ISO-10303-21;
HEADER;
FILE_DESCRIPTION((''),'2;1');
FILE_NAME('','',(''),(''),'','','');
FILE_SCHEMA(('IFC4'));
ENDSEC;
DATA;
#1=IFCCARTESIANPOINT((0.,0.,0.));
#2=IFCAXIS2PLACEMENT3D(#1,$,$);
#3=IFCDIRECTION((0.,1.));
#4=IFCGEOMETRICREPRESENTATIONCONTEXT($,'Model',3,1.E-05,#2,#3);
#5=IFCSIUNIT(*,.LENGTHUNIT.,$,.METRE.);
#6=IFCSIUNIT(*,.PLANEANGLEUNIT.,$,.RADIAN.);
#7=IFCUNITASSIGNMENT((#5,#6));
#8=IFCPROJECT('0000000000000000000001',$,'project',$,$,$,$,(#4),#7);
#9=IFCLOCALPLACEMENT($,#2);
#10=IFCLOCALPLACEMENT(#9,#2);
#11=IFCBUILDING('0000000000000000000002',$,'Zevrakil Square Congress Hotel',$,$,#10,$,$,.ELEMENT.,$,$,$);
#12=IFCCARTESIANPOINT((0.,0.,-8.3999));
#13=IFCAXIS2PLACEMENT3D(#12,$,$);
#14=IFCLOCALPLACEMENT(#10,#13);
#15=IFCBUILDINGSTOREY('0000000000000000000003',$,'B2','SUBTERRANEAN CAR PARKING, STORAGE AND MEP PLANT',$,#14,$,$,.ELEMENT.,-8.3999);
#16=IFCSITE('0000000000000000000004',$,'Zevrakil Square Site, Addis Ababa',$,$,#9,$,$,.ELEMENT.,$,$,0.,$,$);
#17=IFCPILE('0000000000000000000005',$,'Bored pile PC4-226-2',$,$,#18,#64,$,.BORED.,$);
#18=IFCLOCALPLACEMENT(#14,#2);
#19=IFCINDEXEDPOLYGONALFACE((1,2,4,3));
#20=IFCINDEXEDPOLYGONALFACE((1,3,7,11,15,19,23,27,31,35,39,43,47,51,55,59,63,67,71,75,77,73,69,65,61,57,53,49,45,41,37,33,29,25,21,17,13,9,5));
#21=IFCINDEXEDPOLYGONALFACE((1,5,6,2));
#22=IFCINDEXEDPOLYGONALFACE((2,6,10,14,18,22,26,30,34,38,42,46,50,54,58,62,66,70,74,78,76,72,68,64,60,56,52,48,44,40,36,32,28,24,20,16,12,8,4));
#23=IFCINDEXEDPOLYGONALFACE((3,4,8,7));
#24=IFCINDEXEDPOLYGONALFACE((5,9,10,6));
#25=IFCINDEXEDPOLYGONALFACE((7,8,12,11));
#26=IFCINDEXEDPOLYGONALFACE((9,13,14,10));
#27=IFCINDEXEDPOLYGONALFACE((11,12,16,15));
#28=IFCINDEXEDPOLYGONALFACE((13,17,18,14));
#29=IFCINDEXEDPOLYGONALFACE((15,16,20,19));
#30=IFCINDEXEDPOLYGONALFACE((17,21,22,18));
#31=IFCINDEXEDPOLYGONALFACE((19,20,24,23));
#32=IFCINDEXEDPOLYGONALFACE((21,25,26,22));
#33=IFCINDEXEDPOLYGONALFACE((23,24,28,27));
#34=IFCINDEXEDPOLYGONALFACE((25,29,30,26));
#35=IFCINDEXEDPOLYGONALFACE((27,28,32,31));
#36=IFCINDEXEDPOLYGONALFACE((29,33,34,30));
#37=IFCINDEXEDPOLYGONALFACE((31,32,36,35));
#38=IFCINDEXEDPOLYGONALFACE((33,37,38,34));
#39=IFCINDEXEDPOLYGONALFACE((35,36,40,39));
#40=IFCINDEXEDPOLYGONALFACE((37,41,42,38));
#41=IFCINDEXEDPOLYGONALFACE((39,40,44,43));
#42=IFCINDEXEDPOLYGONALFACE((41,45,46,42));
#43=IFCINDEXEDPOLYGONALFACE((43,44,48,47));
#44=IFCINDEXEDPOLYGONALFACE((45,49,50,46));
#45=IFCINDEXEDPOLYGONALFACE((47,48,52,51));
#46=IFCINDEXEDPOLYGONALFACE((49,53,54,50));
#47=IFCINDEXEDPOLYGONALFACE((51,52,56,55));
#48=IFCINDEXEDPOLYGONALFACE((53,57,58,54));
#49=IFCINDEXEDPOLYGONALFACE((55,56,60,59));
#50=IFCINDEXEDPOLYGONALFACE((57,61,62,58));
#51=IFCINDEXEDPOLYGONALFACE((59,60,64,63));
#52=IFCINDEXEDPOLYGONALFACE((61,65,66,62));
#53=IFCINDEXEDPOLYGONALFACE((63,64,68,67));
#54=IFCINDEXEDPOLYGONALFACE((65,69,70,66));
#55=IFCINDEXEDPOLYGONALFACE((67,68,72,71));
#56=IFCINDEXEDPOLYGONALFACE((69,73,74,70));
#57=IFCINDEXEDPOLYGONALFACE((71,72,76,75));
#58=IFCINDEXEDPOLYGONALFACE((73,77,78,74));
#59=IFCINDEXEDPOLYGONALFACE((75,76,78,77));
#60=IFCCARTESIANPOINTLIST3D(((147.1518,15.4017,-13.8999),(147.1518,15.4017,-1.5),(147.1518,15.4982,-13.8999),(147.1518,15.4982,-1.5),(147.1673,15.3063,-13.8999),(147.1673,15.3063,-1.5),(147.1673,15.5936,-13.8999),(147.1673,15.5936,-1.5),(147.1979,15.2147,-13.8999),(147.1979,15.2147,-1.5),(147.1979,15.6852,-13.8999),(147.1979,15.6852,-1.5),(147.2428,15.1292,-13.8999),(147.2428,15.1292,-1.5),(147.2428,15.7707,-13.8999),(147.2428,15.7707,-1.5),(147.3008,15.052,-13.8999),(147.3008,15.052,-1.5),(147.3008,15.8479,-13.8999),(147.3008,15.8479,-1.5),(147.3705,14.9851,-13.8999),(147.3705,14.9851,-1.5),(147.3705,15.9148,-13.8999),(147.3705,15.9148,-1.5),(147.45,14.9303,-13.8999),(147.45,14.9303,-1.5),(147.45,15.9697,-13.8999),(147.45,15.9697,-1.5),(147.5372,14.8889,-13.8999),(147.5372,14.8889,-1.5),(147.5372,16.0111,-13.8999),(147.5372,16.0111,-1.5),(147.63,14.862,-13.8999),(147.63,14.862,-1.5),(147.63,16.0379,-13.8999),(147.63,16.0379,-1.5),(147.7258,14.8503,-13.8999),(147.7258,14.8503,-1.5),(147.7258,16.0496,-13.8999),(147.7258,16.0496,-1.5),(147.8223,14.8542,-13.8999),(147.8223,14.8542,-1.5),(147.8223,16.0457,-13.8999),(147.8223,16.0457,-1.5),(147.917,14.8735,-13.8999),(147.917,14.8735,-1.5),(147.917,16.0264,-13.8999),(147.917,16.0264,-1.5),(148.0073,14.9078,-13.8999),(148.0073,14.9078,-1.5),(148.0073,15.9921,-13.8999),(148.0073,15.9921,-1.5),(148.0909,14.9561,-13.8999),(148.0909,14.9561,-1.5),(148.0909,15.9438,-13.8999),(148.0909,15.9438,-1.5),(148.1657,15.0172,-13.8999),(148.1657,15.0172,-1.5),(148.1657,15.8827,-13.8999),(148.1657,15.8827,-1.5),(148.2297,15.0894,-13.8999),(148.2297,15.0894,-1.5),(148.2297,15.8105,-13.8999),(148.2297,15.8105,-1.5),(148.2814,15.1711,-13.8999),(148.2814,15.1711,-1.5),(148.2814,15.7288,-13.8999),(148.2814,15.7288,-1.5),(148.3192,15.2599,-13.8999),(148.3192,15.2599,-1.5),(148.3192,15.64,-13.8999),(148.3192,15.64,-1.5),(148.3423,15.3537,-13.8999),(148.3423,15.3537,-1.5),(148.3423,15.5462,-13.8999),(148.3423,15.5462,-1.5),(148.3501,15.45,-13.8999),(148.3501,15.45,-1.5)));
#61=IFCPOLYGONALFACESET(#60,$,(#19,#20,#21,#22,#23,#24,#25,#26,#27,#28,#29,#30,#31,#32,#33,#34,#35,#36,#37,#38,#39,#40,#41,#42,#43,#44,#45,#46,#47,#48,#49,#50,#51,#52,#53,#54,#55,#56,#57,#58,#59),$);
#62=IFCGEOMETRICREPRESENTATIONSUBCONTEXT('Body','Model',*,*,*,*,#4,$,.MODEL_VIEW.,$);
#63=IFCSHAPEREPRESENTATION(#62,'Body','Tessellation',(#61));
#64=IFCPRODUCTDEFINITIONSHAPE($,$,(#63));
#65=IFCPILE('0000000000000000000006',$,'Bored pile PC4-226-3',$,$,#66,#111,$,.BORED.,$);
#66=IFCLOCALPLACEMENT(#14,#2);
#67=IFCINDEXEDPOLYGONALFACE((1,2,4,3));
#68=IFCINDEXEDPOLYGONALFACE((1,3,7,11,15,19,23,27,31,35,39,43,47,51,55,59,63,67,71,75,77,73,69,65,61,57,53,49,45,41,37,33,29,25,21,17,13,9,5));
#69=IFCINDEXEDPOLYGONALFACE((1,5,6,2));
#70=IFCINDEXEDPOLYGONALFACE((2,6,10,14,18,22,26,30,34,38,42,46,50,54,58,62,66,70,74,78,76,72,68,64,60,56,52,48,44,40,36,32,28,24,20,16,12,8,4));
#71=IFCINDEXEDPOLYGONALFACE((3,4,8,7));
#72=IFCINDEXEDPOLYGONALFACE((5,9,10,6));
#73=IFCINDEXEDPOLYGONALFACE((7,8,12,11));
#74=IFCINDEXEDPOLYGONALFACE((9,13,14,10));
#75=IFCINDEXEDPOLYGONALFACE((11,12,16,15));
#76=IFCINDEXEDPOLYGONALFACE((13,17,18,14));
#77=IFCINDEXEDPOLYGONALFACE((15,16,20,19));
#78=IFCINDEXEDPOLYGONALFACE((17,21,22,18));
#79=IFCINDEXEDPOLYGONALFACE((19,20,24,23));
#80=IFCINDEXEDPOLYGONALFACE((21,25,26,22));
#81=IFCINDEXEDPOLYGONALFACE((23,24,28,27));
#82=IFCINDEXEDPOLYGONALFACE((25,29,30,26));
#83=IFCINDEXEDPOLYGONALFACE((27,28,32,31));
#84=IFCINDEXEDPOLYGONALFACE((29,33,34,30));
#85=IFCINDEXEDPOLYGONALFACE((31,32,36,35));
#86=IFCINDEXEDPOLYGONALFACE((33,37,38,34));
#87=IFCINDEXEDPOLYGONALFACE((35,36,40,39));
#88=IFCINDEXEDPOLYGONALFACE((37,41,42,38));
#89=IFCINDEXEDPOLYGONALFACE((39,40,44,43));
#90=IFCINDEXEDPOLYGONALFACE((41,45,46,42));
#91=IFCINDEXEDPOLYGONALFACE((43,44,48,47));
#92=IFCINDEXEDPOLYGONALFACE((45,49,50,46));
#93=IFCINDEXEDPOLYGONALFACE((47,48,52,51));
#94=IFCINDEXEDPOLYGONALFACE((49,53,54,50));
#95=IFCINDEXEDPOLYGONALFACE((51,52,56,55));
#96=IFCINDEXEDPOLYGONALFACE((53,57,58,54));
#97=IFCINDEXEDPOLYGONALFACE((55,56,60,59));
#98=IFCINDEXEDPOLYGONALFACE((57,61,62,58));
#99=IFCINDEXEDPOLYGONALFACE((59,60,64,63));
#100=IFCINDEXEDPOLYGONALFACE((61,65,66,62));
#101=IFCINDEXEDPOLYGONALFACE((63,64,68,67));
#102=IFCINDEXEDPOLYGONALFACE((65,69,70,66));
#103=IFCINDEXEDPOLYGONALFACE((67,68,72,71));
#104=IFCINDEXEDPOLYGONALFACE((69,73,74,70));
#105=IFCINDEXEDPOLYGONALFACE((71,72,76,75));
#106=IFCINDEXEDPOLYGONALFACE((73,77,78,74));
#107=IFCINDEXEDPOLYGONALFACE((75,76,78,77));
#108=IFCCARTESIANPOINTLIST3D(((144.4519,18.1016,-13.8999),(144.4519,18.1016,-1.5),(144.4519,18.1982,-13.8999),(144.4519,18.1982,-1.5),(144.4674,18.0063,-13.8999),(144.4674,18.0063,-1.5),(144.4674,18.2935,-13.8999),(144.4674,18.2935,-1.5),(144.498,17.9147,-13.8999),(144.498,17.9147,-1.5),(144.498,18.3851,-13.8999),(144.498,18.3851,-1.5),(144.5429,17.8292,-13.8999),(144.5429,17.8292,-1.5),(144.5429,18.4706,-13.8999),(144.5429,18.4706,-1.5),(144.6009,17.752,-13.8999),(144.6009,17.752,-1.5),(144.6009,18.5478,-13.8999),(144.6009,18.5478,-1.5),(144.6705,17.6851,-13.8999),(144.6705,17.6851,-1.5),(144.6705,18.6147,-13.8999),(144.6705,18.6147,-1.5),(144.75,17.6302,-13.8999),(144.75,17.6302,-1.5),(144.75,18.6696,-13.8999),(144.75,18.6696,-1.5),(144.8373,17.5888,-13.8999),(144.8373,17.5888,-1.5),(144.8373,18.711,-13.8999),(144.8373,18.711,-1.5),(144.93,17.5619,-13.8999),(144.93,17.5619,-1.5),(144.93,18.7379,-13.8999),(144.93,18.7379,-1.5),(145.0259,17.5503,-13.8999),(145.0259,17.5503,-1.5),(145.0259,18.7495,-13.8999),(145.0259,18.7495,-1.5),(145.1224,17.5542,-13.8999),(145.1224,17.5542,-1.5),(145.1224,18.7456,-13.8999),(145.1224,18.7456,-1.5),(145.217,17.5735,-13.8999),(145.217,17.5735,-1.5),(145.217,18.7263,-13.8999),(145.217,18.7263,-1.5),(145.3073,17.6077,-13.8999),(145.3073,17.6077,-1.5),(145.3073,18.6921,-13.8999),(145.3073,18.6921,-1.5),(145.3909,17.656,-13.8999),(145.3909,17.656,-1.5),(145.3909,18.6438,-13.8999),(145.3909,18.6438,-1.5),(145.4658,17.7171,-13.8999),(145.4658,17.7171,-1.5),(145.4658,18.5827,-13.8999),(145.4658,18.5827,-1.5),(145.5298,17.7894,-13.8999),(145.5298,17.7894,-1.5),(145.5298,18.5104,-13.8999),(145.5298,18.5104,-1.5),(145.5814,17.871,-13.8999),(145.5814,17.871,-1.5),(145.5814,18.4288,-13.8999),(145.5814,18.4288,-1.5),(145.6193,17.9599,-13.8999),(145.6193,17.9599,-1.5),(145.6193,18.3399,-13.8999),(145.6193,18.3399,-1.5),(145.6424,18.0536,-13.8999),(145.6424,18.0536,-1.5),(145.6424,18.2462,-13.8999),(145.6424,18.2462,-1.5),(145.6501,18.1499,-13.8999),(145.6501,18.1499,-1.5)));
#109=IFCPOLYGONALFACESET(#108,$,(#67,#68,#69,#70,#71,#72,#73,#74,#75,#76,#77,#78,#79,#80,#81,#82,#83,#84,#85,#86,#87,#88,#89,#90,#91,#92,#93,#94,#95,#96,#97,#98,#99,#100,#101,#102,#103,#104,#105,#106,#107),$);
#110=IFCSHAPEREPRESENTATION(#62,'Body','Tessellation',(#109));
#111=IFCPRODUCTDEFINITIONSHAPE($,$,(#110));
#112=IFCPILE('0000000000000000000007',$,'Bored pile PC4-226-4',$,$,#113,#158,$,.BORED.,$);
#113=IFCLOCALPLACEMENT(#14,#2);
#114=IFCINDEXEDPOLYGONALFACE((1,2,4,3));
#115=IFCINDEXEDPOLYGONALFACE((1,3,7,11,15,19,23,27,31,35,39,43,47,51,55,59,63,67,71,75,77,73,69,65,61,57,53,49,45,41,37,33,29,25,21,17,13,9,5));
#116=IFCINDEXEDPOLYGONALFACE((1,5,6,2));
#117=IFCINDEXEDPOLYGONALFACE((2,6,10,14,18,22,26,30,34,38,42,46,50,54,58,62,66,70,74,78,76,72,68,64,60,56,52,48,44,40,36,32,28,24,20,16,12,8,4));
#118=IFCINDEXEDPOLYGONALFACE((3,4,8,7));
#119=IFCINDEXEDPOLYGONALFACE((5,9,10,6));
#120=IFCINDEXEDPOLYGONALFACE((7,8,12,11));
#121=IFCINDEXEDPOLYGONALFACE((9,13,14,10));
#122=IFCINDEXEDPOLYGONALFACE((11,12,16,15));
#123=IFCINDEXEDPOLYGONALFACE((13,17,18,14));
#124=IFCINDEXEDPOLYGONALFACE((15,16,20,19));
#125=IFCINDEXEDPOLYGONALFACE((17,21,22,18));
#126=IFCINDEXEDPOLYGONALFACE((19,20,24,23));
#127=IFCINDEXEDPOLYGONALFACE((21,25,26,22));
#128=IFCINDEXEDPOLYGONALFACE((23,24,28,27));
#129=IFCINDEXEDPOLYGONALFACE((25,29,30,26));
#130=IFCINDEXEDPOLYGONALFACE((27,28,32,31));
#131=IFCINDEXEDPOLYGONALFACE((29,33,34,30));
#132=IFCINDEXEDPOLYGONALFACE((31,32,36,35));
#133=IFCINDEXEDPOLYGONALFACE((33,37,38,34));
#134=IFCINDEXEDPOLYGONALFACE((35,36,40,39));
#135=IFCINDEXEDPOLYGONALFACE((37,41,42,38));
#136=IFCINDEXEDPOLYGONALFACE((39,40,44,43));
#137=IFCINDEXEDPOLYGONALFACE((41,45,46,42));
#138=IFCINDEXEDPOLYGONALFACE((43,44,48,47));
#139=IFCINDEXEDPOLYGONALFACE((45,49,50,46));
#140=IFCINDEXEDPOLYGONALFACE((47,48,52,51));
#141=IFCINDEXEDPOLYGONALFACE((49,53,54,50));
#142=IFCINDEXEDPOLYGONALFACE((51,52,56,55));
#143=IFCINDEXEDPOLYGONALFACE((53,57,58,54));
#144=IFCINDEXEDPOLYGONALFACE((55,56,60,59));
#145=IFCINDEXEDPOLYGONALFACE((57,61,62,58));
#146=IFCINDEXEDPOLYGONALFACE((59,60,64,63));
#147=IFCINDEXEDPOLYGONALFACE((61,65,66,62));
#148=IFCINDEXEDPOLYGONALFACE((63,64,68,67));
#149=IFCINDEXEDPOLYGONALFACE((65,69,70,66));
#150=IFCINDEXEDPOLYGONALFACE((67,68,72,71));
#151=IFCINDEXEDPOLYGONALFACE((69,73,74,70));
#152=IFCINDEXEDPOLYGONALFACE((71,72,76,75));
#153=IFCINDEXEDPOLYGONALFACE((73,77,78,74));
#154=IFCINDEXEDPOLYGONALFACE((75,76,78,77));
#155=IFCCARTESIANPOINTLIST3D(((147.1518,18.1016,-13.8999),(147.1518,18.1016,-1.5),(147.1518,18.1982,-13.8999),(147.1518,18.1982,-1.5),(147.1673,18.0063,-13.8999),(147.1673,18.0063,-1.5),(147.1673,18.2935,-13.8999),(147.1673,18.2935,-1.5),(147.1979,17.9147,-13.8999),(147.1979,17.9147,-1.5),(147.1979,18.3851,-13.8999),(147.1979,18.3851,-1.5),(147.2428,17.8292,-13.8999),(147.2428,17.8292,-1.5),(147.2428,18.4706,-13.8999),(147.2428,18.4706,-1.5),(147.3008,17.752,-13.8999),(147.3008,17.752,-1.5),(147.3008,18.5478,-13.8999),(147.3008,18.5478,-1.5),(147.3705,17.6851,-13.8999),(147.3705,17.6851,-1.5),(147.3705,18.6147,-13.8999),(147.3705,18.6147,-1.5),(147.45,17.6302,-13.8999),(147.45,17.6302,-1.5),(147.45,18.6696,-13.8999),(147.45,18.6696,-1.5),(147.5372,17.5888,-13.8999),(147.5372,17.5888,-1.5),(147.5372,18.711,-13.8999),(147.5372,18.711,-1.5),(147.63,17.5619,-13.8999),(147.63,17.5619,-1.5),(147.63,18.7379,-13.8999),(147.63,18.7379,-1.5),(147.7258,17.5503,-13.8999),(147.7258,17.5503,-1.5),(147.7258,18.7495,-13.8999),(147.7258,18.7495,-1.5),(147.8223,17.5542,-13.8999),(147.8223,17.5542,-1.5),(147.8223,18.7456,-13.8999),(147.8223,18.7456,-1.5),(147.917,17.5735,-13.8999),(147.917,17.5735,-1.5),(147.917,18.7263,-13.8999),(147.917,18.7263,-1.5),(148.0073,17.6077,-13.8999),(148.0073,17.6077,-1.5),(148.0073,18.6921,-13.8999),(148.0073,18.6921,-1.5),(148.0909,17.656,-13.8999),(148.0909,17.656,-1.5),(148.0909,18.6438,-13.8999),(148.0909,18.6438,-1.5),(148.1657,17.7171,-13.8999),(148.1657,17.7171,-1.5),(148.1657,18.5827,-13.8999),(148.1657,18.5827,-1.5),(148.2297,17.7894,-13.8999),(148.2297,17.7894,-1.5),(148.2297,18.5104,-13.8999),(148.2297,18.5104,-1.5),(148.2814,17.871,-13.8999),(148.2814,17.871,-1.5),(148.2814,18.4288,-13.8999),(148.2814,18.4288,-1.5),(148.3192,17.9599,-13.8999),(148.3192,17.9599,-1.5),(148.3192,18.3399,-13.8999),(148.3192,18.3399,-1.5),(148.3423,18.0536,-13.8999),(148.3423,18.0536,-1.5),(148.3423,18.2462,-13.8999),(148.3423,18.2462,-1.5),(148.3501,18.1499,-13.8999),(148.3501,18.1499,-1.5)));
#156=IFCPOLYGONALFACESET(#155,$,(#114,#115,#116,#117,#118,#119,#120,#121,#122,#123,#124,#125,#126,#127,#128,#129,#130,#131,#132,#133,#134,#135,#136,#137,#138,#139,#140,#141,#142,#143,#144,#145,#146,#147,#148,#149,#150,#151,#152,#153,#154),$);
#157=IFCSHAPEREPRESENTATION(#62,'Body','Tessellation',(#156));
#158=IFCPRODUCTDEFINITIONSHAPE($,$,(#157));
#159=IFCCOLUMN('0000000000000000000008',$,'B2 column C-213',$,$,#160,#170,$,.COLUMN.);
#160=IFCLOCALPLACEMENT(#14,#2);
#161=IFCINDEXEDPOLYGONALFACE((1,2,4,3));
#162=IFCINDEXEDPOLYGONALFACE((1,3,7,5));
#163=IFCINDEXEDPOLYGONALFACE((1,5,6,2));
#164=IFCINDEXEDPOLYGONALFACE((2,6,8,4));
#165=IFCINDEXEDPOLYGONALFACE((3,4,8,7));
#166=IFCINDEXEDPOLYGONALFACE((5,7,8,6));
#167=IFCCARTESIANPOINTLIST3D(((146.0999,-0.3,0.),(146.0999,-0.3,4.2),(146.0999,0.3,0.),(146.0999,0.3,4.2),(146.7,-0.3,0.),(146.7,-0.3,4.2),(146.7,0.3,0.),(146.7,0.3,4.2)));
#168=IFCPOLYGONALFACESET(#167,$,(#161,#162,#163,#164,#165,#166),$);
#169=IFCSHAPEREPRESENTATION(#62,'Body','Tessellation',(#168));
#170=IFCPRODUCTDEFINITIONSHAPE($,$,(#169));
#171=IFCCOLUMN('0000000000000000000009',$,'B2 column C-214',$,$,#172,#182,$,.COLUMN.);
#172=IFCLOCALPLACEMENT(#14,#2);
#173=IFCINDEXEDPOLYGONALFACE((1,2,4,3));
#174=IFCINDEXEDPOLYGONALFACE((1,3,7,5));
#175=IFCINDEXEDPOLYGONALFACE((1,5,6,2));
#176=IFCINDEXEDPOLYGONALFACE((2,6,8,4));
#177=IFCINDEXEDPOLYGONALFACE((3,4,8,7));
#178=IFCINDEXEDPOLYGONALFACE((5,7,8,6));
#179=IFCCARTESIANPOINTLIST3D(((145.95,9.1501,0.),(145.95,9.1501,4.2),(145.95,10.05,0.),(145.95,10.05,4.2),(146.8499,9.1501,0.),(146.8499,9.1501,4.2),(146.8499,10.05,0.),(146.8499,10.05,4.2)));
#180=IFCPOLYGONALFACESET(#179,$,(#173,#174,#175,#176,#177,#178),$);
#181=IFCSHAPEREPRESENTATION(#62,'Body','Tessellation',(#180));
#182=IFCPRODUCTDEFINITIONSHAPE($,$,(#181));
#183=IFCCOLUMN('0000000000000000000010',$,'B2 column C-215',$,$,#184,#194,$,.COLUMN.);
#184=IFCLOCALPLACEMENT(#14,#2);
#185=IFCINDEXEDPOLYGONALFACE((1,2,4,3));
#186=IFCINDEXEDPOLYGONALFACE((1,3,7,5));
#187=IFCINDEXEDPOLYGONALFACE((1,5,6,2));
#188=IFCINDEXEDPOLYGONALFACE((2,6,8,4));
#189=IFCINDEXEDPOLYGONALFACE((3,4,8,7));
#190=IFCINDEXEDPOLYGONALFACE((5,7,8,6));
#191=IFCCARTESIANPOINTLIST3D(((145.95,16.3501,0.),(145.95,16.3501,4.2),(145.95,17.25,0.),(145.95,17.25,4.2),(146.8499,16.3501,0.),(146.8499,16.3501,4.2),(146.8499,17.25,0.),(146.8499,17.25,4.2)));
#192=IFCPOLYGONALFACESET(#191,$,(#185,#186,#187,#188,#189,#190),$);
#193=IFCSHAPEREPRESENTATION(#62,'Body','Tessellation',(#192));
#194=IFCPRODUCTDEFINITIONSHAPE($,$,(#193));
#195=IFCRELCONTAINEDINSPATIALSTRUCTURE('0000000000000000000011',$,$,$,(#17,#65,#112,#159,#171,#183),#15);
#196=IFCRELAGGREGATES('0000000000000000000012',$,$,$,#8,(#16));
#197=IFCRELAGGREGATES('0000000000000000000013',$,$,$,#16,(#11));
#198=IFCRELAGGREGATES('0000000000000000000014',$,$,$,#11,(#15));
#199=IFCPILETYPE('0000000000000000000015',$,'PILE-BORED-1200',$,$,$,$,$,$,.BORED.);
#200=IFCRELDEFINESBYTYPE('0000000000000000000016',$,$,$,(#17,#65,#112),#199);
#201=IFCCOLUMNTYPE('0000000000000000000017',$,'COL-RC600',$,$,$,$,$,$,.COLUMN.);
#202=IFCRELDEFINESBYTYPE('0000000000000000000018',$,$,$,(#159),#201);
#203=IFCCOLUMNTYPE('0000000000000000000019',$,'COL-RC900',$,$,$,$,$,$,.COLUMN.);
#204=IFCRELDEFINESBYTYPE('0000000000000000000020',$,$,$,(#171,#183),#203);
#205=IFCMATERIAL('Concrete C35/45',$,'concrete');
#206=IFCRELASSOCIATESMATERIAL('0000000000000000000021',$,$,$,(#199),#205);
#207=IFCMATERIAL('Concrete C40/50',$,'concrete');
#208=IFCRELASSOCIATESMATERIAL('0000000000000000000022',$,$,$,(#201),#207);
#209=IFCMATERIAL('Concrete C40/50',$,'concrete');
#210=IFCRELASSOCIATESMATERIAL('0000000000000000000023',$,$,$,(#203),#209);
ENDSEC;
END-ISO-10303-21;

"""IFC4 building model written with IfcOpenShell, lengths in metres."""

from ifc_helpers import new_model, si_unit, direction, frame, origin, origin_2d, place, context, subcontext, project, spatial, rectangle, circle, extrude, material, material_profile, profile_set, type_object, element, save


model = new_model("IFC4")

# Units and contexts
model_context = context("Model", 3, precision=1e-05, world=origin(), true_north=direction((0.0, 1.0)))
body_context = subcontext(model_context, "Body", "Model", "MODEL_VIEW")
ifc_project = project(units=[si_unit("LENGTHUNIT", "METRE"), si_unit("PLANEANGLEUNIT", "RADIAN")], contexts=[model_context])

# Site, building, storey
site_placement = place(None, origin())
site = spatial("IfcSite", under=ifc_project, at=site_placement, Name="Zevrakil Square Site, Addis Ababa", CompositionType="ELEMENT", RefElevation=0.0)
building_placement = place(site_placement, origin())
building = spatial("IfcBuilding", under=site, at=building_placement, Name="Zevrakil Square Congress Hotel", CompositionType="ELEMENT")
storey_placement = place(building_placement, frame((0.0, 0.0, -8.3999)))
storey = spatial("IfcBuildingStorey", under=building, at=storey_placement, Name="B2", Description="SUBTERRANEAN CAR PARKING, STORAGE AND MEP PLANT", CompositionType="ELEMENT", Elevation=-8.3999)

# Piles
ifc_material_1 = material(Name="Concrete C35/45", Category="concrete")
ifc_material_profile_1 = material_profile(ifc_material_1, circle(Radius=0.6001, at=origin_2d()), Name="PILE D1200")
ifc_profile_set_1 = profile_set([ifc_material_profile_1], Name="Concrete C35/45")
pile_type_1 = type_object("IfcPileType", Name="PILE-BORED-1200", PredefinedType="BORED", material=ifc_profile_set_1)
for number, where, z_axis, x_axis, name in (
    (1, (147.75, 15.45, -1.5), (0.0, 0.0, -1.0), (1.0, 0.0, 0.0), "Bored pile PC4-226-2"),
    (2, (145.05, 18.1499, -1.5), (0.0, 0.0, -1.0), (1.0, 0.0, 0.0), "Bored pile PC4-226-3"),
    (3, (147.75, 18.1499, -1.5), (0.0, 0.0, -1.0), (1.0, 0.0, 0.0), "Bored pile PC4-226-4"),
):
    element("IfcPile", number, at=place(storey_placement, frame(where, z_axis=z_axis, x_axis=x_axis)), inside=storey, type_object=pile_type_1, Name=name, PredefinedType="BORED", context=body_context, shape_type="SweptSolid", body=[
        extrude(circle(Radius=0.6001, at=origin_2d()), origin(), (0.0, 0.0, 1.0), 12.3999),
    ])

# Columns
ifc_material_2 = material(Name="Concrete C40/50", Category="concrete")
ifc_material_profile_2 = material_profile(ifc_material_2, rectangle(XDim=0.6001, YDim=0.6001, at=origin_2d()), Name="RC 600x600")
ifc_profile_set_2 = profile_set([ifc_material_profile_2], Name="Concrete C40/50")
column_type_1 = type_object("IfcColumnType", Name="COL-RC600", PredefinedType="COLUMN", material=ifc_profile_set_2)
column_placement = place(storey_placement, frame((146.3999, 0.0, 0.0), z_axis=(0.0, 0.0, 1.0), x_axis=(1.0, 0.0, 0.0)))
element("IfcColumn", 4, at=column_placement, inside=storey, type_object=column_type_1, Name="B2 column C-213", PredefinedType="COLUMN", context=body_context, shape_type="SweptSolid", body=[
    extrude(rectangle(XDim=0.6001, YDim=0.6001, at=origin_2d()), origin(), (0.0, 0.0, 1.0), 4.2),
])
ifc_material_3 = material(Name="Concrete C40/50", Category="concrete")
ifc_material_profile_3 = material_profile(ifc_material_3, rectangle(XDim=0.8999, YDim=0.8999, at=origin_2d()), Name="RC 900x900")
ifc_profile_set_3 = profile_set([ifc_material_profile_3], Name="Concrete C40/50")
column_type_2 = type_object("IfcColumnType", Name="COL-RC900", PredefinedType="COLUMN", material=ifc_profile_set_3)
for number, where, z_axis, x_axis, name in (
    (5, (146.3999, 9.6001, 0.0), (0.0, 0.0, 1.0), (1.0, 0.0, 0.0), "B2 column C-214"),
    (6, (146.3999, 16.8, 0.0), (0.0, 0.0, 1.0), (1.0, 0.0, 0.0), "B2 column C-215"),
):
    element("IfcColumn", number, at=place(storey_placement, frame(where, z_axis=z_axis, x_axis=x_axis)), inside=storey, type_object=column_type_2, Name=name, PredefinedType="COLUMN", context=body_context, shape_type="SweptSolid", body=[
        extrude(rectangle(XDim=0.8999, YDim=0.8999, at=origin_2d()), origin(), (0.0, 0.0, 1.0), 4.2),
    ])

save(model, "model.ifc")
